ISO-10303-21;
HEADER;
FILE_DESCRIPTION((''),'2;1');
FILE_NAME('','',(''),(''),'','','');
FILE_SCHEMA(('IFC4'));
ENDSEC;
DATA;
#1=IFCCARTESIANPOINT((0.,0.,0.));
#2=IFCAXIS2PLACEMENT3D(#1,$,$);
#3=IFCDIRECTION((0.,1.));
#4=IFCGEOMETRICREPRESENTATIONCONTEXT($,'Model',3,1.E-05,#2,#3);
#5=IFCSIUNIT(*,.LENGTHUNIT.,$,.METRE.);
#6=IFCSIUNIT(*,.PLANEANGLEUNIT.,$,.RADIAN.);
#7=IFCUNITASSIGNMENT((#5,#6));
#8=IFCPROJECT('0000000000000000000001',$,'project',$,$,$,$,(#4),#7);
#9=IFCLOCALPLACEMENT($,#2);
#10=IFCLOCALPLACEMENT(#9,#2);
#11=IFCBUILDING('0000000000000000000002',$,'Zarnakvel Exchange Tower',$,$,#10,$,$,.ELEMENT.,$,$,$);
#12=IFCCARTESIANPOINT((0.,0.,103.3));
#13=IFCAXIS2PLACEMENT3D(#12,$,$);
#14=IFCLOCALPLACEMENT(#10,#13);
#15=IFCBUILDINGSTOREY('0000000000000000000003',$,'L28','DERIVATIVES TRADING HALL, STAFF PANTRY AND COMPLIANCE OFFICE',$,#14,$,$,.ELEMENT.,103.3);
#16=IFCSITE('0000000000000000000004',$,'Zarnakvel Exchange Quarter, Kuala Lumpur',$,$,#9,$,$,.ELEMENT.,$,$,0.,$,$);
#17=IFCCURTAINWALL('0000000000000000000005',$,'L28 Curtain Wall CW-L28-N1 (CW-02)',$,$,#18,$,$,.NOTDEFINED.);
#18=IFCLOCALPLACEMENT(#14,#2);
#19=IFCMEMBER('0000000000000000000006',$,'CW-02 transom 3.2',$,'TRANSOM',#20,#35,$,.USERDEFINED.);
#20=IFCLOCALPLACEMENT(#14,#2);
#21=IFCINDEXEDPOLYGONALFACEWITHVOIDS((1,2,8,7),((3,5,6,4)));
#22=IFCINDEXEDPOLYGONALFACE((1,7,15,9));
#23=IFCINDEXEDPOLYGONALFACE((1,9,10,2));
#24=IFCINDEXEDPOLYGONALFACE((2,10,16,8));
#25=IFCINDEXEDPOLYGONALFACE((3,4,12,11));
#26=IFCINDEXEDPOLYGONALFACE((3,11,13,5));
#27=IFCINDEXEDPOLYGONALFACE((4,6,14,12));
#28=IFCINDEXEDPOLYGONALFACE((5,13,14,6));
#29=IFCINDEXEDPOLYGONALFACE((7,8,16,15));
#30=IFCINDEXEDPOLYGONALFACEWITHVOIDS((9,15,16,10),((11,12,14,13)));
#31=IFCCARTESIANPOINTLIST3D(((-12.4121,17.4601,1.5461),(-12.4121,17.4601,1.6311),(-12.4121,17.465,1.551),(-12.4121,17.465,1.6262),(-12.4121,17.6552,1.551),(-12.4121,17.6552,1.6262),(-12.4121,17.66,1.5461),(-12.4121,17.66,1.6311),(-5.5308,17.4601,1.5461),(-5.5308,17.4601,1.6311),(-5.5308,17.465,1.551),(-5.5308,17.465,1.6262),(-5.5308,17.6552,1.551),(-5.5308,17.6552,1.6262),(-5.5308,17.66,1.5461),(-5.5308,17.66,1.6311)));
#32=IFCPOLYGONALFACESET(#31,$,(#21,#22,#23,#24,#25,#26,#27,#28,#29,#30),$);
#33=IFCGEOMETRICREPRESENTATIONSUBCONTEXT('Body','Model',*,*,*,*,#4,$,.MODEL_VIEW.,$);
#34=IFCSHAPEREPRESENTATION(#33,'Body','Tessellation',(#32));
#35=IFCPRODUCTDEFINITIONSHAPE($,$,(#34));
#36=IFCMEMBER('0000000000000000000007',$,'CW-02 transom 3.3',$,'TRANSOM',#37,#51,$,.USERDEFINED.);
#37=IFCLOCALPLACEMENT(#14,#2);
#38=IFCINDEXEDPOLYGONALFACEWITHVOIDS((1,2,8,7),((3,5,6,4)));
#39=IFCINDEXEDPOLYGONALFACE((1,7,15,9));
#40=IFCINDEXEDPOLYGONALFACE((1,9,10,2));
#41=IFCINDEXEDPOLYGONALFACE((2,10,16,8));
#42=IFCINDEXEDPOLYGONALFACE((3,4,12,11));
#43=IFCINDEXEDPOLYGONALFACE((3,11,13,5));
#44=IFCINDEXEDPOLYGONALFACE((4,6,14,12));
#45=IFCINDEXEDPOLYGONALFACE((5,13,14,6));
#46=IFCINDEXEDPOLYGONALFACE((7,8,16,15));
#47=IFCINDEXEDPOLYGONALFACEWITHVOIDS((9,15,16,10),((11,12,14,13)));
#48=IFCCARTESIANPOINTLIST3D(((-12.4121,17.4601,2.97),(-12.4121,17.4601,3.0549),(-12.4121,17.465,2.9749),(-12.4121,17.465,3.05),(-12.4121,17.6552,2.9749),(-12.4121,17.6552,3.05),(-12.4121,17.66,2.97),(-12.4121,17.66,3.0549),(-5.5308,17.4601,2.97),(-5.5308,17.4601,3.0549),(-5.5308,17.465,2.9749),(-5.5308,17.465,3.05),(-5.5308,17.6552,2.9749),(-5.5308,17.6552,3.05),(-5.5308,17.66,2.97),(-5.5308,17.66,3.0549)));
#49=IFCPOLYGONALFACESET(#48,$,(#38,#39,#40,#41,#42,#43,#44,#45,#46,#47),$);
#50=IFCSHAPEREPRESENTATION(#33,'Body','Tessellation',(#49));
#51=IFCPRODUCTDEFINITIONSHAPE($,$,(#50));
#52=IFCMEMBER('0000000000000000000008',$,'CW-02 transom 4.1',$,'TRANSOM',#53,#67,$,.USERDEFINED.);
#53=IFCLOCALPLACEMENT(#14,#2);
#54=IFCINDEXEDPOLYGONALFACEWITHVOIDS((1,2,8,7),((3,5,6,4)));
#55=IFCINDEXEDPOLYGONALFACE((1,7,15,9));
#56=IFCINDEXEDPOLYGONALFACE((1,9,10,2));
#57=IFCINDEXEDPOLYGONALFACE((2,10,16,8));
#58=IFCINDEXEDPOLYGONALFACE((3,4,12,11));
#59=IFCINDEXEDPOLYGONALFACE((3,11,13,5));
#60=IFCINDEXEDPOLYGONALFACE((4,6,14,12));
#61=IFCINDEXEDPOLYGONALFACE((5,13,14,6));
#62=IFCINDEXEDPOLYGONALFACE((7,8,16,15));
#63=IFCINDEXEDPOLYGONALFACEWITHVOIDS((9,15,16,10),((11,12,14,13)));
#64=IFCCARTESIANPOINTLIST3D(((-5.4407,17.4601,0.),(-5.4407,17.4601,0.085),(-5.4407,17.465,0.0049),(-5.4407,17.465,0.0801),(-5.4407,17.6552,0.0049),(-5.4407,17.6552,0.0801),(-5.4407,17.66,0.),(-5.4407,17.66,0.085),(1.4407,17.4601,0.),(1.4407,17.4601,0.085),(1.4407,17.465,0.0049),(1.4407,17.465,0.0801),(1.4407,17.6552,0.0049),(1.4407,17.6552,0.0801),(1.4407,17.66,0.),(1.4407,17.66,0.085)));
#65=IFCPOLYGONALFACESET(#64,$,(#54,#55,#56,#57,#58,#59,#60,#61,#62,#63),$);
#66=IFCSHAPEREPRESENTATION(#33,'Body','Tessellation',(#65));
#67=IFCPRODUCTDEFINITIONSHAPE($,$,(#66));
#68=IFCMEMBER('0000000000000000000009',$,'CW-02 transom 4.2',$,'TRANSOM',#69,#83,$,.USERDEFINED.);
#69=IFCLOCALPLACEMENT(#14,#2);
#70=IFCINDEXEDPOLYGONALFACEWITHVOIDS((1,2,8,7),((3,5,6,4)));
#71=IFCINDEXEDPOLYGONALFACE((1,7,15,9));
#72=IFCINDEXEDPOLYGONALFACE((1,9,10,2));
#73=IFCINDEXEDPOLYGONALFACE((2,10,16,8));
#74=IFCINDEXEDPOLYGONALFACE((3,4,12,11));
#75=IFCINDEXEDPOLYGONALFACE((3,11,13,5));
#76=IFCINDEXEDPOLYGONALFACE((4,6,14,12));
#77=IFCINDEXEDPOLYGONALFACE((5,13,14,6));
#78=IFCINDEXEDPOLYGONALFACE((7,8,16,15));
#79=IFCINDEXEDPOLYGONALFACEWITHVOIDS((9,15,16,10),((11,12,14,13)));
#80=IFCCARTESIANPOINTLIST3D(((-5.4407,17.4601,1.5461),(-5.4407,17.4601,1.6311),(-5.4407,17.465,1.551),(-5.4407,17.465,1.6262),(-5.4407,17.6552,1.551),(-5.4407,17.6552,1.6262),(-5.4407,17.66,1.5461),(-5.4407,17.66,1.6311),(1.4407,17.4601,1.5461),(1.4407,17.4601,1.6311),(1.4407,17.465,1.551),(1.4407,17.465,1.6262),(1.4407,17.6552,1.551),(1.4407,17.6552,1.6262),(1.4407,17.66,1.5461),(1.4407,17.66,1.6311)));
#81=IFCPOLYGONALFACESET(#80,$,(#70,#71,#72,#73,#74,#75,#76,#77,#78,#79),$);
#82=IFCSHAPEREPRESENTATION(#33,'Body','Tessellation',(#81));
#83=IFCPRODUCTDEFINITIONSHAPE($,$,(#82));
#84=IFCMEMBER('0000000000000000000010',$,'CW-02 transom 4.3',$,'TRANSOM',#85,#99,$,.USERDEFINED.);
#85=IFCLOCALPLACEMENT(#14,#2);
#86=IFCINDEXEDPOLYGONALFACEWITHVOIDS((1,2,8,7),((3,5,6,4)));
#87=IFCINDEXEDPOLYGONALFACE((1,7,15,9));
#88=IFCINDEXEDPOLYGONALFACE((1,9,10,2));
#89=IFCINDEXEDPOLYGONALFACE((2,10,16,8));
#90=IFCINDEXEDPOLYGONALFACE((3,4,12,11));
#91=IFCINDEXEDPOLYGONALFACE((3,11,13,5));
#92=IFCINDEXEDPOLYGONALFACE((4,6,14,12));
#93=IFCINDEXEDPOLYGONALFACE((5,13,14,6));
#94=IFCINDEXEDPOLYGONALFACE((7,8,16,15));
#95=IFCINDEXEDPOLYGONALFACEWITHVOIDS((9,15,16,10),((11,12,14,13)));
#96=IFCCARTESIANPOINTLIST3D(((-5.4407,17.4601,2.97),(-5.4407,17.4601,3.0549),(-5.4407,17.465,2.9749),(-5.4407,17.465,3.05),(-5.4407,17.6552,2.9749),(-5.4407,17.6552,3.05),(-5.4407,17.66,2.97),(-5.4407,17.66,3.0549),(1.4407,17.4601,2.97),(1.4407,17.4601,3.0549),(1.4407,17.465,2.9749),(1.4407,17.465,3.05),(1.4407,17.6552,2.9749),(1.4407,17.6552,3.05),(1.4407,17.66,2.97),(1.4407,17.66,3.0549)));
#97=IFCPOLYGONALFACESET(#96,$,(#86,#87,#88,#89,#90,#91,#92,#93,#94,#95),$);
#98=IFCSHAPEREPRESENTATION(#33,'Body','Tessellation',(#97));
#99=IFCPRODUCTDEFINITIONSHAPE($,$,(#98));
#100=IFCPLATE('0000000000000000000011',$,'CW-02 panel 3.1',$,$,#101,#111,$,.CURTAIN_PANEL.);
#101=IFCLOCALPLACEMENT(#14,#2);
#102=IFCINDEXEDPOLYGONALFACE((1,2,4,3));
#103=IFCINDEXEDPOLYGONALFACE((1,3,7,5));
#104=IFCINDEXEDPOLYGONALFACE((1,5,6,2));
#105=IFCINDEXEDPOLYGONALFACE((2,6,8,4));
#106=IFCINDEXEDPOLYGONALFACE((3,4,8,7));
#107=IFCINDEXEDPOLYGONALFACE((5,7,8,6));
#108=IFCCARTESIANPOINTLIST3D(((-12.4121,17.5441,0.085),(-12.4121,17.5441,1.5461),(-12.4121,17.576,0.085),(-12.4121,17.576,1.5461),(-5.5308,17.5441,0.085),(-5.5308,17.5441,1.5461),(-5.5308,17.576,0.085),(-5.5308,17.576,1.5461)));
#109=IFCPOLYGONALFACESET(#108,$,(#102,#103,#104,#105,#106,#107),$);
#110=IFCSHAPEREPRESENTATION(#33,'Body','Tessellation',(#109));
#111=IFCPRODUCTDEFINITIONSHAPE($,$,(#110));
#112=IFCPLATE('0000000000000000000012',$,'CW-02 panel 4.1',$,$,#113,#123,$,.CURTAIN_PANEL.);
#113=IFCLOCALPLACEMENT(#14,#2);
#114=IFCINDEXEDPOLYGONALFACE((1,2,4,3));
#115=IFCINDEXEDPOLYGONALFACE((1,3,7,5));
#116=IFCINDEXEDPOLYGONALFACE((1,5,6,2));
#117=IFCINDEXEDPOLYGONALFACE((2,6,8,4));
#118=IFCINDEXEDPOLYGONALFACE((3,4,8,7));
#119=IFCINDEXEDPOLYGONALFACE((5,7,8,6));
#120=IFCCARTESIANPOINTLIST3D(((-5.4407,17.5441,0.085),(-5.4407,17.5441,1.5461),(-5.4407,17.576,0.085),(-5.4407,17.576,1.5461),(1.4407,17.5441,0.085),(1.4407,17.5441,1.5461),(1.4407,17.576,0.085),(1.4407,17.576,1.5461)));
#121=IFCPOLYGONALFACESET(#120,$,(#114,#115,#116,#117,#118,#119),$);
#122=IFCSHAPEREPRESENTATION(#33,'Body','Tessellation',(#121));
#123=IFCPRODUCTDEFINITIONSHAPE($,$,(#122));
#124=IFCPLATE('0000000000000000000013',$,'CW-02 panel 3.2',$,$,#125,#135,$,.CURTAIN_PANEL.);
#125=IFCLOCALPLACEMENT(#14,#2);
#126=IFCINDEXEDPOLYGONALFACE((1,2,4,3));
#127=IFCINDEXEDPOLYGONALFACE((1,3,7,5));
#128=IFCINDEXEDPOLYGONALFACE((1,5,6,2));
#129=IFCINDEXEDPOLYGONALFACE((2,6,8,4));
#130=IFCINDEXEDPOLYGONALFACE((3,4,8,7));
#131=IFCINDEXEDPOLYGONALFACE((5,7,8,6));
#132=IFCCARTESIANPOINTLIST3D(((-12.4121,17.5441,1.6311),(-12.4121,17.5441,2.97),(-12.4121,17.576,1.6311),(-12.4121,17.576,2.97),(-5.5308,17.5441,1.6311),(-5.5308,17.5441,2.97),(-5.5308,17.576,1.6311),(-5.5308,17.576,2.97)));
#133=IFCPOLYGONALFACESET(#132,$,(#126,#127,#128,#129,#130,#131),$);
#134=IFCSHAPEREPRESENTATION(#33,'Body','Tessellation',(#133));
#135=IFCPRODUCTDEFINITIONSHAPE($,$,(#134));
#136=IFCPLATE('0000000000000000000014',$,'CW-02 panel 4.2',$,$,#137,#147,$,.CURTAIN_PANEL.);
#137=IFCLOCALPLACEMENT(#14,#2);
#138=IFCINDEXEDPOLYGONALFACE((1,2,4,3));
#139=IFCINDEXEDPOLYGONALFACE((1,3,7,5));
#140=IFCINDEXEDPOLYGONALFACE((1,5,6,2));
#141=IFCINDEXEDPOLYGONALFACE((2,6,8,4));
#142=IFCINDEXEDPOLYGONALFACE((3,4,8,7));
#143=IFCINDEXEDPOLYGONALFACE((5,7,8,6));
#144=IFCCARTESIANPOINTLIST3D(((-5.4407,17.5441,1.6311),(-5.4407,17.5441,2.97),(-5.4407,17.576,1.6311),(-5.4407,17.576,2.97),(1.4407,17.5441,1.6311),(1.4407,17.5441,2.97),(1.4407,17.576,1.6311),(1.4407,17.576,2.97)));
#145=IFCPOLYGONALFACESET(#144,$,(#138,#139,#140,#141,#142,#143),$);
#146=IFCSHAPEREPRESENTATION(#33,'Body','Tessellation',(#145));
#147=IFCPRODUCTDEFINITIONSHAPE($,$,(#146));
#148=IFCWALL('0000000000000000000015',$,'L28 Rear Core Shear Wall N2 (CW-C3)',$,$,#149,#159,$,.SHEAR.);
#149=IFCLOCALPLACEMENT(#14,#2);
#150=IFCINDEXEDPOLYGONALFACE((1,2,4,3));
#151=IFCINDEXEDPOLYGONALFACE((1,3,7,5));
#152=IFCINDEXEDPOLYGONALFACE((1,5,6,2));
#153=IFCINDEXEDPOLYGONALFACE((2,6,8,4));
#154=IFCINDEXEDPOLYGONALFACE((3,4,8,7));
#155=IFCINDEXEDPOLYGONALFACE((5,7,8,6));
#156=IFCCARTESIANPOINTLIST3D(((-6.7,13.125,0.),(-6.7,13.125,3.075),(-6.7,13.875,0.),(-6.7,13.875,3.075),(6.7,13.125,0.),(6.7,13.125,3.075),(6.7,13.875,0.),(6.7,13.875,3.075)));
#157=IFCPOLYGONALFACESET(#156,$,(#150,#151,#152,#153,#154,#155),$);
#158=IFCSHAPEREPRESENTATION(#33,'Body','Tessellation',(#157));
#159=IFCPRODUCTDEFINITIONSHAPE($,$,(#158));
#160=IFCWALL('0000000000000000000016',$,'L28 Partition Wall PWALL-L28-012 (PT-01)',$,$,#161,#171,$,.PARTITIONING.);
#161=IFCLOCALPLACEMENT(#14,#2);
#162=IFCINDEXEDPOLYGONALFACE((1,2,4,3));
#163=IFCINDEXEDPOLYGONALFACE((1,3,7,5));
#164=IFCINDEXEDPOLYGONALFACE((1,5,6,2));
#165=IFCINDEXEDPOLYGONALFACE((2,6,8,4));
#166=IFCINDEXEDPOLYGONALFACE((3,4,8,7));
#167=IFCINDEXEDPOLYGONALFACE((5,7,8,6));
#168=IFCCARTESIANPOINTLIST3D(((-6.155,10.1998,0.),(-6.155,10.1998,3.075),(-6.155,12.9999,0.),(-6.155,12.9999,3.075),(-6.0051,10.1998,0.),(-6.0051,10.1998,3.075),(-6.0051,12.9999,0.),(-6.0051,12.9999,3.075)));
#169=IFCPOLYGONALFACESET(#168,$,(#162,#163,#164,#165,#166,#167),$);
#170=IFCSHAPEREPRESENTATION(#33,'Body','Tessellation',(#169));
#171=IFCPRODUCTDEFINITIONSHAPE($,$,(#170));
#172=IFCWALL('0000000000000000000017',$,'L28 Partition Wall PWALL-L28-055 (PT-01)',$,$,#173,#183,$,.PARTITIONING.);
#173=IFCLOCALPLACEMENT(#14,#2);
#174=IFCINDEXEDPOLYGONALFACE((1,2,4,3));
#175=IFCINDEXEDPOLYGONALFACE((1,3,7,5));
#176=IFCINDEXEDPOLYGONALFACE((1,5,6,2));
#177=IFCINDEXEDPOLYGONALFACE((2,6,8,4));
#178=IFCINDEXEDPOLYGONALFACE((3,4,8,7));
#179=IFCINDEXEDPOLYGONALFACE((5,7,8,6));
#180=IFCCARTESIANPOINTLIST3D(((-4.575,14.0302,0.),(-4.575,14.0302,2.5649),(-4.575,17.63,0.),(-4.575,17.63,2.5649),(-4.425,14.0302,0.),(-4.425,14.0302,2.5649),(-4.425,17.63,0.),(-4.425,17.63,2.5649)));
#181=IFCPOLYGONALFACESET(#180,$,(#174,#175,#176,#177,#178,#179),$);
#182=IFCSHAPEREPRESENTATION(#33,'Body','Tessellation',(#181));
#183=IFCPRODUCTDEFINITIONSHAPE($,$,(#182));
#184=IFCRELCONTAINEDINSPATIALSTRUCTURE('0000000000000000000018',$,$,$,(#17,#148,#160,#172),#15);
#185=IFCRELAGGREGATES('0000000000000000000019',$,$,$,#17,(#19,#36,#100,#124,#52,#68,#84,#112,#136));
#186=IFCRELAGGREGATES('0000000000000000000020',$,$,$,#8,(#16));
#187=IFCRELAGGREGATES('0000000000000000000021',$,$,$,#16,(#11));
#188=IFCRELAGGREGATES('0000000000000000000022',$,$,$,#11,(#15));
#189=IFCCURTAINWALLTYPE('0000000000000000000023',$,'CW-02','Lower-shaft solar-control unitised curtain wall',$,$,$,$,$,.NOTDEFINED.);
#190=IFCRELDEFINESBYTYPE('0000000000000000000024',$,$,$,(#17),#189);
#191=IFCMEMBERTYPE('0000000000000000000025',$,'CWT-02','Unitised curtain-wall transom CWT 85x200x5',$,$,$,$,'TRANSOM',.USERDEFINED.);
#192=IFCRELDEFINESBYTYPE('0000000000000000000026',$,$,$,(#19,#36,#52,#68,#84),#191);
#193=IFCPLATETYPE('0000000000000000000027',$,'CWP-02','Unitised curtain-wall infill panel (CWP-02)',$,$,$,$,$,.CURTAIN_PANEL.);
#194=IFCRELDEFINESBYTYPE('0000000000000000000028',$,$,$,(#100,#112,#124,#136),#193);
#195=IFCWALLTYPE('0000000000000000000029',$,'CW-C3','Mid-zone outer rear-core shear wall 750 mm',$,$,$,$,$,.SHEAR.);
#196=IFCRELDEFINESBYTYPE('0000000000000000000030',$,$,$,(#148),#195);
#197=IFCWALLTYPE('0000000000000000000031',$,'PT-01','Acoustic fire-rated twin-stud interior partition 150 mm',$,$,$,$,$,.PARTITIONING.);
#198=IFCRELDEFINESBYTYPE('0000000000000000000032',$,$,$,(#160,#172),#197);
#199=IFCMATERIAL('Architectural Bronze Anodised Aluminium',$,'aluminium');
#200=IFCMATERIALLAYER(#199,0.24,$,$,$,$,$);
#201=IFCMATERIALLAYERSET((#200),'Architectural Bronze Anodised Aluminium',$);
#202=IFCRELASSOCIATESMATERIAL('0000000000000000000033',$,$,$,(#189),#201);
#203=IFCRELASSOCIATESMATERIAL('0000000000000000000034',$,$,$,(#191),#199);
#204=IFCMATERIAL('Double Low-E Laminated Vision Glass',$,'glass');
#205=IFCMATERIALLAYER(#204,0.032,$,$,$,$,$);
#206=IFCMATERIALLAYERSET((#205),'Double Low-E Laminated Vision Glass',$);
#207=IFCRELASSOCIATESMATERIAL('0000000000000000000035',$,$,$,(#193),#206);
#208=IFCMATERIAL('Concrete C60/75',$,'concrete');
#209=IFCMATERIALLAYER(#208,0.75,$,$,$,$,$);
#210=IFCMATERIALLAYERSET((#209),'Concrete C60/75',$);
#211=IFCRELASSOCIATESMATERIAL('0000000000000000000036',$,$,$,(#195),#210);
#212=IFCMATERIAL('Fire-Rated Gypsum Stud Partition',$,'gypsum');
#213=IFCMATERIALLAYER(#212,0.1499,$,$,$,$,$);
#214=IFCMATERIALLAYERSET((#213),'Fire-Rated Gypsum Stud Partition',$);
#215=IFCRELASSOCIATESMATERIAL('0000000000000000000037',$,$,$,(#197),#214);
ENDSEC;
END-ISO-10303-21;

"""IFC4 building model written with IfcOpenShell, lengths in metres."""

from ifc_helpers import new_model, si_unit, direction, frame, frame_2d, origin, origin_2d, place, context, subcontext, project, spatial, rectangle, hollow_rectangle, extrude, source, transform, mapped, material, layer, layer_set, material_profile, profile_set, type_object, element, aggregate, save


model = new_model("IFC4")

# Units and contexts
model_context = context("Model", 3, precision=1e-05, world=origin(), true_north=direction((0.0, 1.0)))
body_context = subcontext(model_context, "Body", "Model", "MODEL_VIEW")
ifc_project = project(units=[si_unit("LENGTHUNIT", "METRE"), si_unit("PLANEANGLEUNIT", "RADIAN")], contexts=[model_context])

# Site, building, storey
site_placement = place(None, origin())
site = spatial("IfcSite", under=ifc_project, at=site_placement, Name="Zarnakvel Exchange Quarter, Kuala Lumpur", CompositionType="ELEMENT", RefElevation=0.0)
building_placement = place(site_placement, origin())
building = spatial("IfcBuilding", under=site, at=building_placement, Name="Zarnakvel Exchange Tower", CompositionType="ELEMENT")
storey_placement = place(building_placement, frame((0.0, 0.0, 103.3)))
storey = spatial("IfcBuildingStorey", under=building, at=storey_placement, Name="L28", Description="DERIVATIVES TRADING HALL, STAFF PANTRY AND COMPLIANCE OFFICE", CompositionType="ELEMENT", Elevation=103.3)

# Shared definitions
ifc_material_1 = material(Name="Concrete C60/75", Category="concrete")

# Curtain wall, members, plates
ifc_material_2 = material(Name="Architectural Bronze Anodised Aluminium", Category="aluminium")
ifc_layer_1 = layer(ifc_material_2, 0.24)
ifc_layer_set_1 = layer_set([ifc_layer_1], Name="Architectural Bronze Anodised Aluminium")
curtain_wall_type = type_object("IfcCurtainWallType", Name="CW-02", Description="Lower-shaft solar-control unitised curtain wall", PredefinedType="NOTDEFINED", material=ifc_layer_set_1)
curtain_wall_placement = place(storey_placement, origin())
curtain_wall = element("IfcCurtainWall", 1, at=curtain_wall_placement, inside=storey, type_object=curtain_wall_type, Name="L28 Curtain Wall CW-L28-N1 (CW-02)", PredefinedType="NOTDEFINED")
ifc_material_profile_1 = material_profile(ifc_material_2, hollow_rectangle(XDim=0.2, YDim=0.085, WallThickness=0.0049, at=origin_2d()))
ifc_profile_set_1 = profile_set([ifc_material_profile_1], Name="Architectural Bronze Anodised Aluminium")
member_type_1 = type_object("IfcMemberType", Name="CWT-02", Description="Unitised curtain-wall transom CWT 85x200x5", ElementType="TRANSOM", PredefinedType="USERDEFINED", material=ifc_profile_set_1)
shared_shape_1 = source(origin(), body_context, "Body", "SweptSolid", [
    extrude(hollow_rectangle(XDim=0.2, YDim=0.085, WallThickness=0.0049, at=origin_2d()), origin(), (0.0, 0.0, 1.0), 6.8813),
])
member_1_placement = place(storey_placement, frame((-12.4121, 17.5601, 1.5886), z_axis=(1.0, 0.0, 0.0), x_axis=(0.0, 1.0, 0.0)))
member_1 = element("IfcMember", 2, at=member_1_placement, type_object=member_type_1, Name="CW-02 transom 3.2", ObjectType="TRANSOM", PredefinedType="USERDEFINED", context=body_context, shape_type="MappedRepresentation", body=[
    mapped(shared_shape_1, transform((0.0, 0.0, 0.0), x_axis=(1.0, 0.0, 0.0), y_axis=(0.0, 1.0, 0.0), z_axis=(0.0, 0.0, 1.0), scale=1.0)),
])
member_2_placement = place(storey_placement, frame((-12.4121, 17.5601, 3.0125), z_axis=(1.0, 0.0, 0.0), x_axis=(0.0, 1.0, 0.0)))
member_2 = element("IfcMember", 3, at=member_2_placement, type_object=member_type_1, Name="CW-02 transom 3.3", ObjectType="TRANSOM", PredefinedType="USERDEFINED", context=body_context, shape_type="MappedRepresentation", body=[
    mapped(shared_shape_1, transform((0.0, 0.0, 0.0), x_axis=(1.0, 0.0, 0.0), y_axis=(0.0, 1.0, 0.0), z_axis=(0.0, 0.0, 1.0), scale=1.0)),
])
member_3_placement = place(storey_placement, frame((-5.4407, 17.5601, 0.0425), z_axis=(1.0, 0.0, 0.0), x_axis=(0.0, 1.0, 0.0)))
member_3 = element("IfcMember", 4, at=member_3_placement, type_object=member_type_1, Name="CW-02 transom 4.1", ObjectType="TRANSOM", PredefinedType="USERDEFINED", context=body_context, shape_type="MappedRepresentation", body=[
    mapped(shared_shape_1, transform((0.0, 0.0, 0.0), x_axis=(1.0, 0.0, 0.0), y_axis=(0.0, 1.0, 0.0), z_axis=(0.0, 0.0, 1.0), scale=1.0)),
])
member_4_placement = place(storey_placement, frame((-5.4407, 17.5601, 1.5886), z_axis=(1.0, 0.0, 0.0), x_axis=(0.0, 1.0, 0.0)))
member_4 = element("IfcMember", 5, at=member_4_placement, type_object=member_type_1, Name="CW-02 transom 4.2", ObjectType="TRANSOM", PredefinedType="USERDEFINED", context=body_context, shape_type="MappedRepresentation", body=[
    mapped(shared_shape_1, transform((0.0, 0.0, 0.0), x_axis=(1.0, 0.0, 0.0), y_axis=(0.0, 1.0, 0.0), z_axis=(0.0, 0.0, 1.0), scale=1.0)),
])
member_5_placement = place(storey_placement, frame((-5.4407, 17.5601, 3.0125), z_axis=(1.0, 0.0, 0.0), x_axis=(0.0, 1.0, 0.0)))
member_5 = element("IfcMember", 6, at=member_5_placement, type_object=member_type_1, Name="CW-02 transom 4.3", ObjectType="TRANSOM", PredefinedType="USERDEFINED", context=body_context, shape_type="MappedRepresentation", body=[
    mapped(shared_shape_1, transform((0.0, 0.0, 0.0), x_axis=(1.0, 0.0, 0.0), y_axis=(0.0, 1.0, 0.0), z_axis=(0.0, 0.0, 1.0), scale=1.0)),
])
ifc_material_3 = material(Name="Double Low-E Laminated Vision Glass", Category="glass")
ifc_layer_2 = layer(ifc_material_3, 0.032)
ifc_layer_set_2 = layer_set([ifc_layer_2], Name="Double Low-E Laminated Vision Glass")
plate_type = type_object("IfcPlateType", Name="CWP-02", Description="Unitised curtain-wall infill panel (CWP-02)", PredefinedType="CURTAIN_PANEL", material=ifc_layer_set_2)
shared_shape_2 = source(origin(), body_context, "Body", "SweptSolid", [
    extrude(rectangle(XDim=6.8813, YDim=0.032, at=origin_2d()), origin(), (0.0, 0.0, 1.0), 1.4612),
])
plate_1_placement = place(storey_placement, frame((-8.9714, 17.5601, 0.085), z_axis=(0.0, 0.0, 1.0), x_axis=(1.0, 0.0, 0.0)))
plate_1 = element("IfcPlate", 7, at=plate_1_placement, type_object=plate_type, Name="CW-02 panel 3.1", PredefinedType="CURTAIN_PANEL", context=body_context, shape_type="MappedRepresentation", body=[
    mapped(shared_shape_2, transform((0.0, 0.0, 0.0), x_axis=(1.0, 0.0, 0.0), y_axis=(0.0, 1.0, 0.0), z_axis=(0.0, 0.0, 1.0), scale=1.0)),
])
plate_2_placement = place(storey_placement, frame((-2.0, 17.5601, 0.085), z_axis=(0.0, 0.0, 1.0), x_axis=(1.0, 0.0, 0.0)))
plate_2 = element("IfcPlate", 8, at=plate_2_placement, type_object=plate_type, Name="CW-02 panel 4.1", PredefinedType="CURTAIN_PANEL", context=body_context, shape_type="MappedRepresentation", body=[
    mapped(shared_shape_2, transform((0.0, 0.0, 0.0), x_axis=(1.0, 0.0, 0.0), y_axis=(0.0, 1.0, 0.0), z_axis=(0.0, 0.0, 1.0), scale=1.0)),
])
shared_shape_3 = source(origin(), body_context, "Body", "SweptSolid", [
    extrude(rectangle(XDim=6.8813, YDim=0.032, at=origin_2d()), origin(), (0.0, 0.0, 1.0), 1.3389),
])
plate_3_placement = place(storey_placement, frame((-8.9714, 17.5601, 1.6311), z_axis=(0.0, 0.0, 1.0), x_axis=(1.0, 0.0, 0.0)))
plate_3 = element("IfcPlate", 9, at=plate_3_placement, type_object=plate_type, Name="CW-02 panel 3.2", PredefinedType="CURTAIN_PANEL", context=body_context, shape_type="MappedRepresentation", body=[
    mapped(shared_shape_3, transform((0.0, 0.0, 0.0), x_axis=(1.0, 0.0, 0.0), y_axis=(0.0, 1.0, 0.0), z_axis=(0.0, 0.0, 1.0), scale=1.0)),
])
plate_4_placement = place(storey_placement, frame((-2.0, 17.5601, 1.6311), z_axis=(0.0, 0.0, 1.0), x_axis=(1.0, 0.0, 0.0)))
plate_4 = element("IfcPlate", 10, at=plate_4_placement, type_object=plate_type, Name="CW-02 panel 4.2", PredefinedType="CURTAIN_PANEL", context=body_context, shape_type="MappedRepresentation", body=[
    mapped(shared_shape_3, transform((0.0, 0.0, 0.0), x_axis=(1.0, 0.0, 0.0), y_axis=(0.0, 1.0, 0.0), z_axis=(0.0, 0.0, 1.0), scale=1.0)),
])
aggregate(curtain_wall, [member_1, member_2, plate_1, plate_3, member_3, member_4, member_5, plate_2, plate_4])

# Walls
ifc_layer_3 = layer(ifc_material_1, 0.75)
ifc_layer_set_3 = layer_set([ifc_layer_3], Name="Concrete C60/75")
wall_type_1 = type_object("IfcWallType", Name="CW-C3", Description="Mid-zone outer rear-core shear wall 750 mm", PredefinedType="SHEAR", material=ifc_layer_set_3)
wall_1_placement = place(storey_placement, frame((-6.7, 13.5, 0.0), z_axis=(0.0, 0.0, 1.0), x_axis=(1.0, 0.0, 0.0)))
element("IfcWall", 11, at=wall_1_placement, inside=storey, type_object=wall_type_1, Name="L28 Rear Core Shear Wall N2 (CW-C3)", PredefinedType="SHEAR", context=body_context, shape_type="SweptSolid", body=[
    extrude(rectangle(XDim=13.3999, YDim=0.75, at=frame_2d((6.7, 0.0))), origin(), (0.0, 0.0, 1.0), 3.075),
])
ifc_material_4 = material(Name="Fire-Rated Gypsum Stud Partition", Category="gypsum")
ifc_layer_4 = layer(ifc_material_4, 0.1499)
ifc_layer_set_4 = layer_set([ifc_layer_4], Name="Fire-Rated Gypsum Stud Partition")
wall_type_2 = type_object("IfcWallType", Name="PT-01", Description="Acoustic fire-rated twin-stud interior partition 150 mm", PredefinedType="PARTITIONING", material=ifc_layer_set_4)
wall_2_placement = place(storey_placement, frame((-6.0801, 10.2, 0.0), z_axis=(0.0, 0.0, 1.0), x_axis=(0.0, 1.0, 0.0)))
element("IfcWall", 12, at=wall_2_placement, inside=storey, type_object=wall_type_2, Name="L28 Partition Wall PWALL-L28-012 (PT-01)", PredefinedType="PARTITIONING", context=body_context, shape_type="SweptSolid", body=[
    extrude(rectangle(XDim=2.8, YDim=0.1499, at=frame_2d((1.3999, 0.0))), origin(), (0.0, 0.0, 1.0), 3.075),
])
wall_3_placement = place(storey_placement, frame((-4.5, 17.6299, 0.0), z_axis=(0.0, 0.0, 1.0), x_axis=(0.0, -1.0, 0.0)))
element("IfcWall", 13, at=wall_3_placement, inside=storey, type_object=wall_type_2, Name="L28 Partition Wall PWALL-L28-055 (PT-01)", PredefinedType="PARTITIONING", context=body_context, shape_type="SweptSolid", body=[
    extrude(rectangle(XDim=3.5999, YDim=0.1499, at=frame_2d((1.7998, 0.0))), origin(), (0.0, 0.0, 1.0), 2.5649),
])

save(model, "model.ifc")
